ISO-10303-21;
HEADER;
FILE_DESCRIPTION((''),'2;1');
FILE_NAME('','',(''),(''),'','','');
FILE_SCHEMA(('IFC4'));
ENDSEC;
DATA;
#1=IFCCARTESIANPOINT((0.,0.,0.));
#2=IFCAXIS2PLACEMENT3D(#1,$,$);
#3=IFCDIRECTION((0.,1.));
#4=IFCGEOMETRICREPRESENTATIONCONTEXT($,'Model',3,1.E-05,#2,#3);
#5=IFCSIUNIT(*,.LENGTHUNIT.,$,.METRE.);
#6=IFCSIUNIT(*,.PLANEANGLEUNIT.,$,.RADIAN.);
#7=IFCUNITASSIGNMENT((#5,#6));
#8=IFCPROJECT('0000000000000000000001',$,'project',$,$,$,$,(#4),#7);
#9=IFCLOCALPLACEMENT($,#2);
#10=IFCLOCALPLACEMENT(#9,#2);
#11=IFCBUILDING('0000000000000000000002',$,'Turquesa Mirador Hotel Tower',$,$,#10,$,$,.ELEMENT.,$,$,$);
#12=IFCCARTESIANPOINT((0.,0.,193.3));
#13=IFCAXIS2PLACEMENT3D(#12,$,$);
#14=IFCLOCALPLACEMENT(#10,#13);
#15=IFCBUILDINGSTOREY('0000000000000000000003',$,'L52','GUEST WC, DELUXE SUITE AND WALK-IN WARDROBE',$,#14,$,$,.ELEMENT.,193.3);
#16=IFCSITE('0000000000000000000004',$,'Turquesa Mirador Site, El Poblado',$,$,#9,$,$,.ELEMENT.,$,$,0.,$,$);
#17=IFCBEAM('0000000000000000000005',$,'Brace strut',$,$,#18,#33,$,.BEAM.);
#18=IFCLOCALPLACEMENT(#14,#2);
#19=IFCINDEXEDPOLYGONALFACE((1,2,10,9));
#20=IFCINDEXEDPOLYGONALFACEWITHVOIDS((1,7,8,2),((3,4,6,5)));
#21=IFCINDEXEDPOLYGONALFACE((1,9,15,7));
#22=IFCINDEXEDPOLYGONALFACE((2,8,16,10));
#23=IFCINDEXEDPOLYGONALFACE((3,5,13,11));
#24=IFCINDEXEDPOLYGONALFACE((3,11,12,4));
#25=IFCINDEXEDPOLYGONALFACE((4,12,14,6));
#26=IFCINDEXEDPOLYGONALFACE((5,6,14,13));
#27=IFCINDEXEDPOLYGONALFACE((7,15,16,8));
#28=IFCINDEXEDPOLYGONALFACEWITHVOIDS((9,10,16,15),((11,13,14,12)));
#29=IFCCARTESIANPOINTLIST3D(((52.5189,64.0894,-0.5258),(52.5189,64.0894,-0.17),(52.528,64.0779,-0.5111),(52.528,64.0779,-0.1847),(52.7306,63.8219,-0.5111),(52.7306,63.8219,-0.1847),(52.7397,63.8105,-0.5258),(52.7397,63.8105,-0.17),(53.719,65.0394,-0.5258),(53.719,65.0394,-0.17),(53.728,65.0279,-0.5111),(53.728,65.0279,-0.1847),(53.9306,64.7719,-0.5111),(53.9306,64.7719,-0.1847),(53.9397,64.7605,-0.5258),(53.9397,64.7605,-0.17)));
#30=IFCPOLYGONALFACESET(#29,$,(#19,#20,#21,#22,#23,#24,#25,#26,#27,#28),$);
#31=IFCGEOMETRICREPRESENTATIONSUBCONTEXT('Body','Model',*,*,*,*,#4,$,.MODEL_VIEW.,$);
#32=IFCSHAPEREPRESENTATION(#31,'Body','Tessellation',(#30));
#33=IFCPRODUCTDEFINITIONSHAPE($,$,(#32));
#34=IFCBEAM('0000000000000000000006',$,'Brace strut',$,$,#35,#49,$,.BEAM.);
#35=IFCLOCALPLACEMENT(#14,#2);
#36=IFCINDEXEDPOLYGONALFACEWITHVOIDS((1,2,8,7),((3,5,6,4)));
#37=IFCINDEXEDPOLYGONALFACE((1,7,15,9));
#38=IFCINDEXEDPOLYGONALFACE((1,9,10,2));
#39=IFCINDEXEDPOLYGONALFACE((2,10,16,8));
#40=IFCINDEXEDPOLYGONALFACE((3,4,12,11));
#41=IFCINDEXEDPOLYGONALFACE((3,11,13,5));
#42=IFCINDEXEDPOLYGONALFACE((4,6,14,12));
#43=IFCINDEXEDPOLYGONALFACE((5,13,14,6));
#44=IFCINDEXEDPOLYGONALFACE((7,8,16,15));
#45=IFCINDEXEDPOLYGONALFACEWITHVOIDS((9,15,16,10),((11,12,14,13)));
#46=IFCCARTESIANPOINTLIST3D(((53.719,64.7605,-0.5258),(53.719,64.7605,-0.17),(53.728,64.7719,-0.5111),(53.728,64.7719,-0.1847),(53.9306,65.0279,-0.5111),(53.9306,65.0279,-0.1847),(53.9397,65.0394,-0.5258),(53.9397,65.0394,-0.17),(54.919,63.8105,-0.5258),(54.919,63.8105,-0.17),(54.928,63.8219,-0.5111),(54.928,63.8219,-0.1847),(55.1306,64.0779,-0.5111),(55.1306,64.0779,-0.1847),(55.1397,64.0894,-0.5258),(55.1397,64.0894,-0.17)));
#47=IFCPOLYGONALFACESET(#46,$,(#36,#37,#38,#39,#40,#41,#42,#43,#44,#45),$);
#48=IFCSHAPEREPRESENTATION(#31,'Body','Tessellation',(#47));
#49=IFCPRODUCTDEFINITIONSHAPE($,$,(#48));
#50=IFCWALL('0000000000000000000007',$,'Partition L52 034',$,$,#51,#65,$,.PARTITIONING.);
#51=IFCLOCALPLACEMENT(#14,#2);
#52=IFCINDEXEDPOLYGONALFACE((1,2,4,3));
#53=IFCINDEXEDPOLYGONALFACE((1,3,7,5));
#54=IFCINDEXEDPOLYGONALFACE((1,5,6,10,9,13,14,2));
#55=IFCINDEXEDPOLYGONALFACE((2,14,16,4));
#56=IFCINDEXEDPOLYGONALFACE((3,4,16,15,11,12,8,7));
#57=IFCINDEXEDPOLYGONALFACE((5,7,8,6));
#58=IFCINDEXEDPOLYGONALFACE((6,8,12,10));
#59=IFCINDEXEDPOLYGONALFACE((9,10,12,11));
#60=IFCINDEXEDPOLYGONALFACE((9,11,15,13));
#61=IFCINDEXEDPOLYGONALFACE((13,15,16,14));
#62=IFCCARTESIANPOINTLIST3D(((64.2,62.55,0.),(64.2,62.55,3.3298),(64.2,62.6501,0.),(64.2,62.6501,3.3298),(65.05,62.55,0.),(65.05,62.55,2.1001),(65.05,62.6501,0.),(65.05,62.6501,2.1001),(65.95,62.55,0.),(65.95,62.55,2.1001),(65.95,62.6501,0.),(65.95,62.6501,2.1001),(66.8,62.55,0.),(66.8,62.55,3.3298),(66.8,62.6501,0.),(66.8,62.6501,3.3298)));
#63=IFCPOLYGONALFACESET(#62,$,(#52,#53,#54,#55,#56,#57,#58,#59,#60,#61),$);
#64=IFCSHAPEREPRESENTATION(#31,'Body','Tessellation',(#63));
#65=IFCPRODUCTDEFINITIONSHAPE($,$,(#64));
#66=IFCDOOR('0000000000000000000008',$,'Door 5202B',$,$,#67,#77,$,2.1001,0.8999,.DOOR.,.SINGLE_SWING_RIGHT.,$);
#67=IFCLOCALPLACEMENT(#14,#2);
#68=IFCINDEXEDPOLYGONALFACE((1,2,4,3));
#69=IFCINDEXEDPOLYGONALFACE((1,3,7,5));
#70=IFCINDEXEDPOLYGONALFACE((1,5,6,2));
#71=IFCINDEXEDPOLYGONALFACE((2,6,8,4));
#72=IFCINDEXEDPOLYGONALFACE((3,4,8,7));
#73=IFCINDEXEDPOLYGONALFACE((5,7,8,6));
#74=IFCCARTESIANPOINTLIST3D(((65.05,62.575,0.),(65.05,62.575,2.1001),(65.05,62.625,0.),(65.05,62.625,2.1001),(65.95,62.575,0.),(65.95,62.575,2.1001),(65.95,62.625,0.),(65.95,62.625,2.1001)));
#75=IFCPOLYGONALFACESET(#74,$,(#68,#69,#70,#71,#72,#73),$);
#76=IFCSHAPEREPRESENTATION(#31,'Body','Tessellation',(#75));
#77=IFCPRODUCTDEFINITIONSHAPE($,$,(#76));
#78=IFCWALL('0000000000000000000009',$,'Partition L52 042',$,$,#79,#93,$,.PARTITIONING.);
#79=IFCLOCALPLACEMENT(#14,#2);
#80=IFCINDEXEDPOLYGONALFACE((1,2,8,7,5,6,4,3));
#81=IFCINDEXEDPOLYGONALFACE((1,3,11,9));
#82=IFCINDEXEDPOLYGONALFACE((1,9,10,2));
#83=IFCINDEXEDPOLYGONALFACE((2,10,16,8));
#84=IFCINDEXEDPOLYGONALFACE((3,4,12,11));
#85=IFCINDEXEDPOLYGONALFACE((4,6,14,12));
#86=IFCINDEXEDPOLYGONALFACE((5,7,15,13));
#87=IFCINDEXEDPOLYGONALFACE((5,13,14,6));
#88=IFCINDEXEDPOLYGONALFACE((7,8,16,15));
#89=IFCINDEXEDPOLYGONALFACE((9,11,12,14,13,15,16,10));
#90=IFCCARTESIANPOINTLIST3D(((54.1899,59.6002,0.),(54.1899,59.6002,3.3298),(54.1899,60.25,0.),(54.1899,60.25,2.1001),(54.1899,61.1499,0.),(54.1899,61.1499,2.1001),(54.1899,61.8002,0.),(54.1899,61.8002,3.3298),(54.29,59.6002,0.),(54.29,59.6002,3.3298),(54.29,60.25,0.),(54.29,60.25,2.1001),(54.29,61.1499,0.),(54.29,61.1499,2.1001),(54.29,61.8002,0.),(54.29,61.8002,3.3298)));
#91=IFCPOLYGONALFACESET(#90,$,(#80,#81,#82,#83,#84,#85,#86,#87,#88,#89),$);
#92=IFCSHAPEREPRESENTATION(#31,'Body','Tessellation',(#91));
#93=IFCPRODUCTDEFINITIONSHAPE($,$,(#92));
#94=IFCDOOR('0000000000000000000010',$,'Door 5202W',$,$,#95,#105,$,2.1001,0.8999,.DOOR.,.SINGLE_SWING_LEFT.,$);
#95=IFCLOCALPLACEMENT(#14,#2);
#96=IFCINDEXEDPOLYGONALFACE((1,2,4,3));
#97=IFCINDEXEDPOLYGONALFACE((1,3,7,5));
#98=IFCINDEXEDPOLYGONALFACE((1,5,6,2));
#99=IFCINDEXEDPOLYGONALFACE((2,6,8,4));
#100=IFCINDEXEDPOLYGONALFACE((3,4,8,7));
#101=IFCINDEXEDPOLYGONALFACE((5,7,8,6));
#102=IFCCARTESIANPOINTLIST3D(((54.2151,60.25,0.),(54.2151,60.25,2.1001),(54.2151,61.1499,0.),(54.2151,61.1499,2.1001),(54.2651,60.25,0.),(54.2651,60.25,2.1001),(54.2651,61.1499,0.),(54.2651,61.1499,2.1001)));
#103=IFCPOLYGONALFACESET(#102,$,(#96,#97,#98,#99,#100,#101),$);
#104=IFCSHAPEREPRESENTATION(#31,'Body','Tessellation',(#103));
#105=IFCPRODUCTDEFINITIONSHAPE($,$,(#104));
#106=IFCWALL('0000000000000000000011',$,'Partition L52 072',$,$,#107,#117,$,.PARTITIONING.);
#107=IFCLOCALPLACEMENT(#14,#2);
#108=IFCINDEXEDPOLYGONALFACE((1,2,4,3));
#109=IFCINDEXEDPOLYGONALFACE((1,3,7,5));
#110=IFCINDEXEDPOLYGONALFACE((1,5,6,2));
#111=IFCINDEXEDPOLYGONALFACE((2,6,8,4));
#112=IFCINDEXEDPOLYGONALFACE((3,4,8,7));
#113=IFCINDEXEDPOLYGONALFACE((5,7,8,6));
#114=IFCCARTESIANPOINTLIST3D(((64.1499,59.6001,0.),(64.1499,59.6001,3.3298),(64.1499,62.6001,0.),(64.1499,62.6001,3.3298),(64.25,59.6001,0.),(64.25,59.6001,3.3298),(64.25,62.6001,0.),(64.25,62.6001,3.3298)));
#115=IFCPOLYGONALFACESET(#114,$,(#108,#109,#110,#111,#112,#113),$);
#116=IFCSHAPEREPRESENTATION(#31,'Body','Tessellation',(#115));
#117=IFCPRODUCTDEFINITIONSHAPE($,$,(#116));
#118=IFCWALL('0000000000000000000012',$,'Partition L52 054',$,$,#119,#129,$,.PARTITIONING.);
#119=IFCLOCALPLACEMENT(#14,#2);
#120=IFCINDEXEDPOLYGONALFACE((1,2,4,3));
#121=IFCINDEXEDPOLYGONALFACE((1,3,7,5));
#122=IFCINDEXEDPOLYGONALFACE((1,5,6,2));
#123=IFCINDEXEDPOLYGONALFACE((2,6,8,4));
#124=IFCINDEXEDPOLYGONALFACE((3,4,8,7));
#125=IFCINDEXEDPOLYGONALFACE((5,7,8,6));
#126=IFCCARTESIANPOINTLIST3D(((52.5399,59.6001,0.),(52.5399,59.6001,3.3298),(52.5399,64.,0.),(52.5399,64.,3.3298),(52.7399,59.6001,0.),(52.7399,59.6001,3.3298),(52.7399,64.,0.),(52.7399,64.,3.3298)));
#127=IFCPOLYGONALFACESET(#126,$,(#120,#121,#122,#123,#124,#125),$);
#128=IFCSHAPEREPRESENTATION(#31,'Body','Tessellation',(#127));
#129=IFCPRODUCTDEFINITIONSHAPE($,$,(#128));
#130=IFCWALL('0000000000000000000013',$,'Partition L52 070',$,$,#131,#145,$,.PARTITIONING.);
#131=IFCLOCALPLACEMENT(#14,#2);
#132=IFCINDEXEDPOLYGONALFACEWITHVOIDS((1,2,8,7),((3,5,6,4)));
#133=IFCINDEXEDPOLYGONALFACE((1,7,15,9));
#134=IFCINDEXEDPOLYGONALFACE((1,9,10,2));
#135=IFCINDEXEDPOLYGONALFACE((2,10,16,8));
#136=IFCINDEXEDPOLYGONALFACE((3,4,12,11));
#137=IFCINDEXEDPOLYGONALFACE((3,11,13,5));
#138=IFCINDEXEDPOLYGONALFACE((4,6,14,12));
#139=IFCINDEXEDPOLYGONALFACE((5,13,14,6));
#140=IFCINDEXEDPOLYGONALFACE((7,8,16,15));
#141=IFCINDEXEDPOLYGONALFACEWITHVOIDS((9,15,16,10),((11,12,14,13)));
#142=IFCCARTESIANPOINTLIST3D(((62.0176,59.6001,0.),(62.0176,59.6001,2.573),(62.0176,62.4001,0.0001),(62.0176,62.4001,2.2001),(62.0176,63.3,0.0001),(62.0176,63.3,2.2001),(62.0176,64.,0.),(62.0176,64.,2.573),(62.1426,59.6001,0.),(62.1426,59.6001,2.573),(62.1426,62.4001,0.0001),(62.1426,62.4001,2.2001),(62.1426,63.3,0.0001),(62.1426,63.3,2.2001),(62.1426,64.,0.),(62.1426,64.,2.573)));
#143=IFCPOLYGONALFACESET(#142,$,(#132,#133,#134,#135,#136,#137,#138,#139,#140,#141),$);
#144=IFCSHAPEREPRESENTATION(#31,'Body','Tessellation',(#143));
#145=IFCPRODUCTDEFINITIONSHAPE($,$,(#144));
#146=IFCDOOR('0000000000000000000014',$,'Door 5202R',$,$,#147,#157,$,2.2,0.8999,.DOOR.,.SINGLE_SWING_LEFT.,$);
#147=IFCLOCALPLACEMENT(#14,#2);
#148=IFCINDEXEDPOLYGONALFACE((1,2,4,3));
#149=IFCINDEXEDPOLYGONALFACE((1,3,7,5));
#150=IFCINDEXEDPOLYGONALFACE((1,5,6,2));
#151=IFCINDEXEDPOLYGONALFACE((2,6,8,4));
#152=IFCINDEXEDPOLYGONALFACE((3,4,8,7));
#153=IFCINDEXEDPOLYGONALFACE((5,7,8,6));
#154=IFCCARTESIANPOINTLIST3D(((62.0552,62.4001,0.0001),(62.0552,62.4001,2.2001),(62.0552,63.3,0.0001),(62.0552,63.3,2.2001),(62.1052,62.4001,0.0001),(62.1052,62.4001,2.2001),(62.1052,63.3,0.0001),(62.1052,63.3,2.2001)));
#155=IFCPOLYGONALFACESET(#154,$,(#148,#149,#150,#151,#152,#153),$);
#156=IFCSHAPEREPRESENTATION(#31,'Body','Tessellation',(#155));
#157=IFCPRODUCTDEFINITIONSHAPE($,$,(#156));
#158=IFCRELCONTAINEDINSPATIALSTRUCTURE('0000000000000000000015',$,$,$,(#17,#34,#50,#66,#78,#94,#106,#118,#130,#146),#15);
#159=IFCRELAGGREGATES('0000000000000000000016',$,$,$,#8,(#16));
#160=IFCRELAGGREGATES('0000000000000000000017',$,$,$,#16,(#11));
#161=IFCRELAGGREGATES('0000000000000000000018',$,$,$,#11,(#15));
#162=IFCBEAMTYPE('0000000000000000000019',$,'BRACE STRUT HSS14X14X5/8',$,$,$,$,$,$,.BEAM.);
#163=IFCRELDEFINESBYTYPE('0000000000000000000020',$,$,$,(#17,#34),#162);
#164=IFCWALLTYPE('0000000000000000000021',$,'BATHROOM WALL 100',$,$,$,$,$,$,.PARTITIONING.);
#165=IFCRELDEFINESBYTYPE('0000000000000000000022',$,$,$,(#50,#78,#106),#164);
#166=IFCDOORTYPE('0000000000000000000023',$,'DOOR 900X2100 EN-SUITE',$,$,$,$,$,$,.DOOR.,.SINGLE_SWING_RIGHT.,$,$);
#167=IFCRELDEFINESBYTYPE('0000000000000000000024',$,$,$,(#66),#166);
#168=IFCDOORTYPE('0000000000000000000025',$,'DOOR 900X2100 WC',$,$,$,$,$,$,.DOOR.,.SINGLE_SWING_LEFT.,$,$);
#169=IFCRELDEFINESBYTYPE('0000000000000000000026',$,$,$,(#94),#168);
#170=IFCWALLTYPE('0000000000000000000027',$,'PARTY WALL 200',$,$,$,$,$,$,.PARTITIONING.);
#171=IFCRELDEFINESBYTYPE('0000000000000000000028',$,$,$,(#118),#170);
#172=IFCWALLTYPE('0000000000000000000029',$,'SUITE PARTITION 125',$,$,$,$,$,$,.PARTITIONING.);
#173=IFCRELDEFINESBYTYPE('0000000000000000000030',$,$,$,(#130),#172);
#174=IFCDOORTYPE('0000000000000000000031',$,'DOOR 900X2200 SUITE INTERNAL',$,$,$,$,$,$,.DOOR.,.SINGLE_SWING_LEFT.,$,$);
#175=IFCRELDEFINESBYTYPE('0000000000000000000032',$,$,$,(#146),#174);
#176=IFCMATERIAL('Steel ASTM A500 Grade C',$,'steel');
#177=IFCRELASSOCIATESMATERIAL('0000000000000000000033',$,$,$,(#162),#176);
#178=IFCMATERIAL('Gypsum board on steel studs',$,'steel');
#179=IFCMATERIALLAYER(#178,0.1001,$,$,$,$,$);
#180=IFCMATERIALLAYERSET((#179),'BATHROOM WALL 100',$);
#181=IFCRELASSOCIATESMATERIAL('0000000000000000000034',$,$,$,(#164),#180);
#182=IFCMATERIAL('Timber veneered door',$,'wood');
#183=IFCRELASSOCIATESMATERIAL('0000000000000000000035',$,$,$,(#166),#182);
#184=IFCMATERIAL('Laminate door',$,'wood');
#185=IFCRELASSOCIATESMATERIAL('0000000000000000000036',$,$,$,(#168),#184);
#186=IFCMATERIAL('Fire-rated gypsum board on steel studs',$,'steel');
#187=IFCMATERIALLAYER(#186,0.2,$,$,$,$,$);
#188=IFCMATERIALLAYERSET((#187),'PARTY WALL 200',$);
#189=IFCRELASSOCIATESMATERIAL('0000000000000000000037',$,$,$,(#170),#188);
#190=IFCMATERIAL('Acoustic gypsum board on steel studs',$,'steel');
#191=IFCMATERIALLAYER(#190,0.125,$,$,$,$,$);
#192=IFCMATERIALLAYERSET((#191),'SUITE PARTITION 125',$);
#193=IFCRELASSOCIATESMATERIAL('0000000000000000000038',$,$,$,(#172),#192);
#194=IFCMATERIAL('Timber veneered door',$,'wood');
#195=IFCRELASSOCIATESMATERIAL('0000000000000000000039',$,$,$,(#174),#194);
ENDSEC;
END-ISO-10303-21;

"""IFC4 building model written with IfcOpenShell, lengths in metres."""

from ifc_helpers import new_model, si_unit, direction, frame, frame_2d, origin, origin_2d, place, context, subcontext, project, spatial, rectangle, hollow_rectangle, extrude, material, layer, layer_set, material_profile, profile_set, type_object, element, fill, save


model = new_model("IFC4")

# Units and contexts
model_context = context("Model", 3, precision=1e-05, world=origin(), true_north=direction((0.0, 1.0)))
body_context = subcontext(model_context, "Body", "Model", "MODEL_VIEW")
ifc_project = project(units=[si_unit("LENGTHUNIT", "METRE"), si_unit("PLANEANGLEUNIT", "RADIAN")], contexts=[model_context])

# Site, building, storey
site_placement = place(None, origin())
site = spatial("IfcSite", under=ifc_project, at=site_placement, Name="Turquesa Mirador Site, El Poblado", CompositionType="ELEMENT", RefElevation=0.0)
building_placement = place(site_placement, origin())
building = spatial("IfcBuilding", under=site, at=building_placement, Name="Turquesa Mirador Hotel Tower", CompositionType="ELEMENT")
storey_placement = place(building_placement, frame((0.0, 0.0, 193.3)))
storey = spatial("IfcBuildingStorey", under=building, at=storey_placement, Name="L52", Description="GUEST WC, DELUXE SUITE AND WALK-IN WARDROBE", CompositionType="ELEMENT", Elevation=193.3)

# Beams
ifc_material_1 = material(Name="Steel ASTM A500 Grade C", Category="steel")
ifc_material_profile_1 = material_profile(ifc_material_1, hollow_rectangle(XDim=0.3557, YDim=0.3557, WallThickness=0.0146, at=origin_2d()), Name="HSS14X14X5/8")
ifc_profile_set_1 = profile_set([ifc_material_profile_1], Name="Steel ASTM A500 Grade C")
beam_type_1 = type_object("IfcBeamType", Name="BRACE STRUT HSS14X14X5/8", PredefinedType="BEAM", material=ifc_profile_set_1)
for number, where, z_axis, x_axis, name in (
    (1, (53.8293, 64.8999, -0.3479), (-0.784049, -0.620699, 0.0), (0.620699, -0.784049, 0.0), "Brace strut"),
    (2, (53.8293, 64.8999, -0.3479), (0.784049, -0.620699, 0.0), (0.620699, 0.784049, 0.0), "Brace strut"),
):
    element("IfcBeam", number, at=place(storey_placement, frame(where, z_axis=z_axis, x_axis=x_axis)), inside=storey, type_object=beam_type_1, Name=name, PredefinedType="BEAM", context=body_context, shape_type="SweptSolid", body=[
        extrude(hollow_rectangle(XDim=0.3557, YDim=0.3557, WallThickness=0.0146, at=origin_2d()), origin(), (0.0, 0.0, 1.0), 1.5305),
    ])

# Walls, openings, doors
ifc_material_2 = material(Name="Gypsum board on steel studs", Category="steel")
ifc_layer_1 = layer(ifc_material_2, 0.1001)
ifc_layer_set_1 = layer_set([ifc_layer_1], Name="BATHROOM WALL 100")
wall_type_1 = type_object("IfcWallType", Name="BATHROOM WALL 100", PredefinedType="PARTITIONING", material=ifc_layer_set_1)
wall_1_placement = place(storey_placement, frame((64.2, 62.6001, 0.0), z_axis=(0.0, 0.0, 1.0), x_axis=(1.0, 0.0, 0.0)))
wall_1 = element("IfcWall", 3, at=wall_1_placement, inside=storey, type_object=wall_type_1, Name="Partition L52 034", PredefinedType="PARTITIONING", context=body_context, shape_type="SweptSolid", body=[
    extrude(rectangle(XDim=2.6001, YDim=0.1001, at=frame_2d((1.3, 0.0))), origin(), (0.0, 0.0, 1.0), 3.3298),
])
opening_1_placement = place(wall_1_placement, frame((0.8501, 0.0, 0.0)))
opening_1 = element("IfcOpeningElement", 4, at=opening_1_placement, cuts=wall_1, PredefinedType="OPENING", context=body_context, shape_type="SweptSolid", body=[
    extrude(rectangle(XDim=0.8999, YDim=2.1001, at=frame_2d((0.45, 1.05))), frame((0.0, 0.0601, 0.0), z_axis=(0.0, -1.0, 0.0), x_axis=(1.0, 0.0, 0.0)), (0.0, 0.0, 1.0), 0.1201),
])
ifc_material_3 = material(Name="Timber veneered door", Category="wood")
door_type_1 = type_object("IfcDoorType", Name="DOOR 900X2100 EN-SUITE", OperationType="SINGLE_SWING_RIGHT", PredefinedType="DOOR", material=ifc_material_3)
door_1_placement = place(opening_1_placement, origin())
door_1 = element("IfcDoor", 5, at=door_1_placement, inside=storey, type_object=door_type_1, Name="Door 5202B", OperationType="SINGLE_SWING_RIGHT", OverallHeight=2.1001, OverallWidth=0.8999, PredefinedType="DOOR", context=body_context, shape_type="SweptSolid", body=[
    extrude(rectangle(XDim=0.8999, YDim=2.1001, at=frame_2d((0.45, 1.05))), frame((0.0, 0.0249, 0.0), z_axis=(0.0, -1.0, 0.0), x_axis=(1.0, 0.0, 0.0)), (0.0, 0.0, 1.0), 0.05),
])
fill(opening_1, door_1)
wall_2_placement = place(storey_placement, frame((54.24, 59.6001, 0.0), z_axis=(0.0, 0.0, 1.0), x_axis=(0.0, 1.0, 0.0)))
wall_2 = element("IfcWall", 6, at=wall_2_placement, inside=storey, type_object=wall_type_1, Name="Partition L52 042", PredefinedType="PARTITIONING", context=body_context, shape_type="SweptSolid", body=[
    extrude(rectangle(XDim=2.2, YDim=0.1001, at=frame_2d((1.1001, 0.0))), origin(), (0.0, 0.0, 1.0), 3.3298),
])
opening_2_placement = place(wall_2_placement, frame((0.6499, 0.0, 0.0)))
opening_2 = element("IfcOpeningElement", 7, at=opening_2_placement, cuts=wall_2, PredefinedType="OPENING", context=body_context, shape_type="SweptSolid", body=[
    extrude(rectangle(XDim=0.8999, YDim=2.1001, at=frame_2d((0.45, 1.05))), frame((0.0, 0.0601, 0.0), z_axis=(0.0, -1.0, 0.0), x_axis=(1.0, 0.0, 0.0)), (0.0, 0.0, 1.0), 0.1201),
])
ifc_material_4 = material(Name="Laminate door", Category="wood")
door_type_2 = type_object("IfcDoorType", Name="DOOR 900X2100 WC", OperationType="SINGLE_SWING_LEFT", PredefinedType="DOOR", material=ifc_material_4)
door_2_placement = place(opening_2_placement, origin())
door_2 = element("IfcDoor", 8, at=door_2_placement, inside=storey, type_object=door_type_2, Name="Door 5202W", OperationType="SINGLE_SWING_LEFT", OverallHeight=2.1001, OverallWidth=0.8999, PredefinedType="DOOR", context=body_context, shape_type="SweptSolid", body=[
    extrude(rectangle(XDim=0.8999, YDim=2.1001, at=frame_2d((0.45, 1.05))), frame((0.0, 0.0249, 0.0), z_axis=(0.0, -1.0, 0.0), x_axis=(1.0, 0.0, 0.0)), (0.0, 0.0, 1.0), 0.05),
])
fill(opening_2, door_2)

# Walls
wall_3_placement = place(storey_placement, frame((64.2, 59.6001, 0.0), z_axis=(0.0, 0.0, 1.0), x_axis=(0.0, 1.0, 0.0)))
element("IfcWall", 9, at=wall_3_placement, inside=storey, type_object=wall_type_1, Name="Partition L52 072", PredefinedType="PARTITIONING", context=body_context, shape_type="SweptSolid", body=[
    extrude(rectangle(XDim=3.0, YDim=0.1001, at=frame_2d((1.5, 0.0))), origin(), (0.0, 0.0, 1.0), 3.3298),
])
ifc_material_5 = material(Name="Fire-rated gypsum board on steel studs", Category="steel")
ifc_layer_2 = layer(ifc_material_5, 0.2)
ifc_layer_set_2 = layer_set([ifc_layer_2], Name="PARTY WALL 200")
wall_type_2 = type_object("IfcWallType", Name="PARTY WALL 200", PredefinedType="PARTITIONING", material=ifc_layer_set_2)
wall_4_placement = place(storey_placement, frame((52.6399, 59.6001, 0.0), z_axis=(0.0, 0.0, 1.0), x_axis=(0.0, 1.0, 0.0)))
element("IfcWall", 10, at=wall_4_placement, inside=storey, type_object=wall_type_2, Name="Partition L52 054", PredefinedType="PARTITIONING", context=body_context, shape_type="SweptSolid", body=[
    extrude(rectangle(XDim=4.3999, YDim=0.2, at=frame_2d((2.2, 0.0))), origin(), (0.0, 0.0, 1.0), 3.3298),
])

# Wall, opening, door
ifc_material_6 = material(Name="Acoustic gypsum board on steel studs", Category="steel")
ifc_layer_3 = layer(ifc_material_6, 0.125)
ifc_layer_set_3 = layer_set([ifc_layer_3], Name="SUITE PARTITION 125")
wall_type_3 = type_object("IfcWallType", Name="SUITE PARTITION 125", PredefinedType="PARTITIONING", material=ifc_layer_set_3)
wall_5_placement = place(storey_placement, frame((62.0801, 59.6001, 0.0), z_axis=(0.0, 0.0, 1.0), x_axis=(0.0, 1.0, 0.0)))
wall_5 = element("IfcWall", 11, at=wall_5_placement, inside=storey, type_object=wall_type_3, Name="Partition L52 070", PredefinedType="PARTITIONING", context=body_context, shape_type="SweptSolid", body=[
    extrude(rectangle(XDim=4.3999, YDim=0.125, at=frame_2d((2.2, 0.0))), origin(), (0.0, 0.0, 1.0), 2.573),
])
opening_3_placement = place(wall_5_placement, frame((2.8, 0.0, 0.0)))
opening_3 = element("IfcOpeningElement", 12, at=opening_3_placement, cuts=wall_5, PredefinedType="OPENING", context=body_context, shape_type="SweptSolid", body=[
    extrude(rectangle(XDim=0.8999, YDim=2.2, at=frame_2d((0.45, 1.1001))), frame((0.0, 0.0725, 0.0), z_axis=(0.0, -1.0, 0.0), x_axis=(1.0, 0.0, 0.0)), (0.0, 0.0, 1.0), 0.145),
])
ifc_material_7 = material(Name="Timber veneered door", Category="wood")
door_type_3 = type_object("IfcDoorType", Name="DOOR 900X2200 SUITE INTERNAL", OperationType="SINGLE_SWING_LEFT", PredefinedType="DOOR", material=ifc_material_7)
door_3_placement = place(opening_3_placement, origin())
door_3 = element("IfcDoor", 13, at=door_3_placement, inside=storey, type_object=door_type_3, Name="Door 5202R", OperationType="SINGLE_SWING_LEFT", OverallHeight=2.2, OverallWidth=0.8999, PredefinedType="DOOR", context=body_context, shape_type="SweptSolid", body=[
    extrude(rectangle(XDim=0.8999, YDim=2.2, at=frame_2d((0.45, 1.1001))), frame((0.0, 0.0249, 0.0), z_axis=(0.0, -1.0, 0.0), x_axis=(1.0, 0.0, 0.0)), (0.0, 0.0, 1.0), 0.05),
])
fill(opening_3, door_3)

save(model, "model.ifc")
